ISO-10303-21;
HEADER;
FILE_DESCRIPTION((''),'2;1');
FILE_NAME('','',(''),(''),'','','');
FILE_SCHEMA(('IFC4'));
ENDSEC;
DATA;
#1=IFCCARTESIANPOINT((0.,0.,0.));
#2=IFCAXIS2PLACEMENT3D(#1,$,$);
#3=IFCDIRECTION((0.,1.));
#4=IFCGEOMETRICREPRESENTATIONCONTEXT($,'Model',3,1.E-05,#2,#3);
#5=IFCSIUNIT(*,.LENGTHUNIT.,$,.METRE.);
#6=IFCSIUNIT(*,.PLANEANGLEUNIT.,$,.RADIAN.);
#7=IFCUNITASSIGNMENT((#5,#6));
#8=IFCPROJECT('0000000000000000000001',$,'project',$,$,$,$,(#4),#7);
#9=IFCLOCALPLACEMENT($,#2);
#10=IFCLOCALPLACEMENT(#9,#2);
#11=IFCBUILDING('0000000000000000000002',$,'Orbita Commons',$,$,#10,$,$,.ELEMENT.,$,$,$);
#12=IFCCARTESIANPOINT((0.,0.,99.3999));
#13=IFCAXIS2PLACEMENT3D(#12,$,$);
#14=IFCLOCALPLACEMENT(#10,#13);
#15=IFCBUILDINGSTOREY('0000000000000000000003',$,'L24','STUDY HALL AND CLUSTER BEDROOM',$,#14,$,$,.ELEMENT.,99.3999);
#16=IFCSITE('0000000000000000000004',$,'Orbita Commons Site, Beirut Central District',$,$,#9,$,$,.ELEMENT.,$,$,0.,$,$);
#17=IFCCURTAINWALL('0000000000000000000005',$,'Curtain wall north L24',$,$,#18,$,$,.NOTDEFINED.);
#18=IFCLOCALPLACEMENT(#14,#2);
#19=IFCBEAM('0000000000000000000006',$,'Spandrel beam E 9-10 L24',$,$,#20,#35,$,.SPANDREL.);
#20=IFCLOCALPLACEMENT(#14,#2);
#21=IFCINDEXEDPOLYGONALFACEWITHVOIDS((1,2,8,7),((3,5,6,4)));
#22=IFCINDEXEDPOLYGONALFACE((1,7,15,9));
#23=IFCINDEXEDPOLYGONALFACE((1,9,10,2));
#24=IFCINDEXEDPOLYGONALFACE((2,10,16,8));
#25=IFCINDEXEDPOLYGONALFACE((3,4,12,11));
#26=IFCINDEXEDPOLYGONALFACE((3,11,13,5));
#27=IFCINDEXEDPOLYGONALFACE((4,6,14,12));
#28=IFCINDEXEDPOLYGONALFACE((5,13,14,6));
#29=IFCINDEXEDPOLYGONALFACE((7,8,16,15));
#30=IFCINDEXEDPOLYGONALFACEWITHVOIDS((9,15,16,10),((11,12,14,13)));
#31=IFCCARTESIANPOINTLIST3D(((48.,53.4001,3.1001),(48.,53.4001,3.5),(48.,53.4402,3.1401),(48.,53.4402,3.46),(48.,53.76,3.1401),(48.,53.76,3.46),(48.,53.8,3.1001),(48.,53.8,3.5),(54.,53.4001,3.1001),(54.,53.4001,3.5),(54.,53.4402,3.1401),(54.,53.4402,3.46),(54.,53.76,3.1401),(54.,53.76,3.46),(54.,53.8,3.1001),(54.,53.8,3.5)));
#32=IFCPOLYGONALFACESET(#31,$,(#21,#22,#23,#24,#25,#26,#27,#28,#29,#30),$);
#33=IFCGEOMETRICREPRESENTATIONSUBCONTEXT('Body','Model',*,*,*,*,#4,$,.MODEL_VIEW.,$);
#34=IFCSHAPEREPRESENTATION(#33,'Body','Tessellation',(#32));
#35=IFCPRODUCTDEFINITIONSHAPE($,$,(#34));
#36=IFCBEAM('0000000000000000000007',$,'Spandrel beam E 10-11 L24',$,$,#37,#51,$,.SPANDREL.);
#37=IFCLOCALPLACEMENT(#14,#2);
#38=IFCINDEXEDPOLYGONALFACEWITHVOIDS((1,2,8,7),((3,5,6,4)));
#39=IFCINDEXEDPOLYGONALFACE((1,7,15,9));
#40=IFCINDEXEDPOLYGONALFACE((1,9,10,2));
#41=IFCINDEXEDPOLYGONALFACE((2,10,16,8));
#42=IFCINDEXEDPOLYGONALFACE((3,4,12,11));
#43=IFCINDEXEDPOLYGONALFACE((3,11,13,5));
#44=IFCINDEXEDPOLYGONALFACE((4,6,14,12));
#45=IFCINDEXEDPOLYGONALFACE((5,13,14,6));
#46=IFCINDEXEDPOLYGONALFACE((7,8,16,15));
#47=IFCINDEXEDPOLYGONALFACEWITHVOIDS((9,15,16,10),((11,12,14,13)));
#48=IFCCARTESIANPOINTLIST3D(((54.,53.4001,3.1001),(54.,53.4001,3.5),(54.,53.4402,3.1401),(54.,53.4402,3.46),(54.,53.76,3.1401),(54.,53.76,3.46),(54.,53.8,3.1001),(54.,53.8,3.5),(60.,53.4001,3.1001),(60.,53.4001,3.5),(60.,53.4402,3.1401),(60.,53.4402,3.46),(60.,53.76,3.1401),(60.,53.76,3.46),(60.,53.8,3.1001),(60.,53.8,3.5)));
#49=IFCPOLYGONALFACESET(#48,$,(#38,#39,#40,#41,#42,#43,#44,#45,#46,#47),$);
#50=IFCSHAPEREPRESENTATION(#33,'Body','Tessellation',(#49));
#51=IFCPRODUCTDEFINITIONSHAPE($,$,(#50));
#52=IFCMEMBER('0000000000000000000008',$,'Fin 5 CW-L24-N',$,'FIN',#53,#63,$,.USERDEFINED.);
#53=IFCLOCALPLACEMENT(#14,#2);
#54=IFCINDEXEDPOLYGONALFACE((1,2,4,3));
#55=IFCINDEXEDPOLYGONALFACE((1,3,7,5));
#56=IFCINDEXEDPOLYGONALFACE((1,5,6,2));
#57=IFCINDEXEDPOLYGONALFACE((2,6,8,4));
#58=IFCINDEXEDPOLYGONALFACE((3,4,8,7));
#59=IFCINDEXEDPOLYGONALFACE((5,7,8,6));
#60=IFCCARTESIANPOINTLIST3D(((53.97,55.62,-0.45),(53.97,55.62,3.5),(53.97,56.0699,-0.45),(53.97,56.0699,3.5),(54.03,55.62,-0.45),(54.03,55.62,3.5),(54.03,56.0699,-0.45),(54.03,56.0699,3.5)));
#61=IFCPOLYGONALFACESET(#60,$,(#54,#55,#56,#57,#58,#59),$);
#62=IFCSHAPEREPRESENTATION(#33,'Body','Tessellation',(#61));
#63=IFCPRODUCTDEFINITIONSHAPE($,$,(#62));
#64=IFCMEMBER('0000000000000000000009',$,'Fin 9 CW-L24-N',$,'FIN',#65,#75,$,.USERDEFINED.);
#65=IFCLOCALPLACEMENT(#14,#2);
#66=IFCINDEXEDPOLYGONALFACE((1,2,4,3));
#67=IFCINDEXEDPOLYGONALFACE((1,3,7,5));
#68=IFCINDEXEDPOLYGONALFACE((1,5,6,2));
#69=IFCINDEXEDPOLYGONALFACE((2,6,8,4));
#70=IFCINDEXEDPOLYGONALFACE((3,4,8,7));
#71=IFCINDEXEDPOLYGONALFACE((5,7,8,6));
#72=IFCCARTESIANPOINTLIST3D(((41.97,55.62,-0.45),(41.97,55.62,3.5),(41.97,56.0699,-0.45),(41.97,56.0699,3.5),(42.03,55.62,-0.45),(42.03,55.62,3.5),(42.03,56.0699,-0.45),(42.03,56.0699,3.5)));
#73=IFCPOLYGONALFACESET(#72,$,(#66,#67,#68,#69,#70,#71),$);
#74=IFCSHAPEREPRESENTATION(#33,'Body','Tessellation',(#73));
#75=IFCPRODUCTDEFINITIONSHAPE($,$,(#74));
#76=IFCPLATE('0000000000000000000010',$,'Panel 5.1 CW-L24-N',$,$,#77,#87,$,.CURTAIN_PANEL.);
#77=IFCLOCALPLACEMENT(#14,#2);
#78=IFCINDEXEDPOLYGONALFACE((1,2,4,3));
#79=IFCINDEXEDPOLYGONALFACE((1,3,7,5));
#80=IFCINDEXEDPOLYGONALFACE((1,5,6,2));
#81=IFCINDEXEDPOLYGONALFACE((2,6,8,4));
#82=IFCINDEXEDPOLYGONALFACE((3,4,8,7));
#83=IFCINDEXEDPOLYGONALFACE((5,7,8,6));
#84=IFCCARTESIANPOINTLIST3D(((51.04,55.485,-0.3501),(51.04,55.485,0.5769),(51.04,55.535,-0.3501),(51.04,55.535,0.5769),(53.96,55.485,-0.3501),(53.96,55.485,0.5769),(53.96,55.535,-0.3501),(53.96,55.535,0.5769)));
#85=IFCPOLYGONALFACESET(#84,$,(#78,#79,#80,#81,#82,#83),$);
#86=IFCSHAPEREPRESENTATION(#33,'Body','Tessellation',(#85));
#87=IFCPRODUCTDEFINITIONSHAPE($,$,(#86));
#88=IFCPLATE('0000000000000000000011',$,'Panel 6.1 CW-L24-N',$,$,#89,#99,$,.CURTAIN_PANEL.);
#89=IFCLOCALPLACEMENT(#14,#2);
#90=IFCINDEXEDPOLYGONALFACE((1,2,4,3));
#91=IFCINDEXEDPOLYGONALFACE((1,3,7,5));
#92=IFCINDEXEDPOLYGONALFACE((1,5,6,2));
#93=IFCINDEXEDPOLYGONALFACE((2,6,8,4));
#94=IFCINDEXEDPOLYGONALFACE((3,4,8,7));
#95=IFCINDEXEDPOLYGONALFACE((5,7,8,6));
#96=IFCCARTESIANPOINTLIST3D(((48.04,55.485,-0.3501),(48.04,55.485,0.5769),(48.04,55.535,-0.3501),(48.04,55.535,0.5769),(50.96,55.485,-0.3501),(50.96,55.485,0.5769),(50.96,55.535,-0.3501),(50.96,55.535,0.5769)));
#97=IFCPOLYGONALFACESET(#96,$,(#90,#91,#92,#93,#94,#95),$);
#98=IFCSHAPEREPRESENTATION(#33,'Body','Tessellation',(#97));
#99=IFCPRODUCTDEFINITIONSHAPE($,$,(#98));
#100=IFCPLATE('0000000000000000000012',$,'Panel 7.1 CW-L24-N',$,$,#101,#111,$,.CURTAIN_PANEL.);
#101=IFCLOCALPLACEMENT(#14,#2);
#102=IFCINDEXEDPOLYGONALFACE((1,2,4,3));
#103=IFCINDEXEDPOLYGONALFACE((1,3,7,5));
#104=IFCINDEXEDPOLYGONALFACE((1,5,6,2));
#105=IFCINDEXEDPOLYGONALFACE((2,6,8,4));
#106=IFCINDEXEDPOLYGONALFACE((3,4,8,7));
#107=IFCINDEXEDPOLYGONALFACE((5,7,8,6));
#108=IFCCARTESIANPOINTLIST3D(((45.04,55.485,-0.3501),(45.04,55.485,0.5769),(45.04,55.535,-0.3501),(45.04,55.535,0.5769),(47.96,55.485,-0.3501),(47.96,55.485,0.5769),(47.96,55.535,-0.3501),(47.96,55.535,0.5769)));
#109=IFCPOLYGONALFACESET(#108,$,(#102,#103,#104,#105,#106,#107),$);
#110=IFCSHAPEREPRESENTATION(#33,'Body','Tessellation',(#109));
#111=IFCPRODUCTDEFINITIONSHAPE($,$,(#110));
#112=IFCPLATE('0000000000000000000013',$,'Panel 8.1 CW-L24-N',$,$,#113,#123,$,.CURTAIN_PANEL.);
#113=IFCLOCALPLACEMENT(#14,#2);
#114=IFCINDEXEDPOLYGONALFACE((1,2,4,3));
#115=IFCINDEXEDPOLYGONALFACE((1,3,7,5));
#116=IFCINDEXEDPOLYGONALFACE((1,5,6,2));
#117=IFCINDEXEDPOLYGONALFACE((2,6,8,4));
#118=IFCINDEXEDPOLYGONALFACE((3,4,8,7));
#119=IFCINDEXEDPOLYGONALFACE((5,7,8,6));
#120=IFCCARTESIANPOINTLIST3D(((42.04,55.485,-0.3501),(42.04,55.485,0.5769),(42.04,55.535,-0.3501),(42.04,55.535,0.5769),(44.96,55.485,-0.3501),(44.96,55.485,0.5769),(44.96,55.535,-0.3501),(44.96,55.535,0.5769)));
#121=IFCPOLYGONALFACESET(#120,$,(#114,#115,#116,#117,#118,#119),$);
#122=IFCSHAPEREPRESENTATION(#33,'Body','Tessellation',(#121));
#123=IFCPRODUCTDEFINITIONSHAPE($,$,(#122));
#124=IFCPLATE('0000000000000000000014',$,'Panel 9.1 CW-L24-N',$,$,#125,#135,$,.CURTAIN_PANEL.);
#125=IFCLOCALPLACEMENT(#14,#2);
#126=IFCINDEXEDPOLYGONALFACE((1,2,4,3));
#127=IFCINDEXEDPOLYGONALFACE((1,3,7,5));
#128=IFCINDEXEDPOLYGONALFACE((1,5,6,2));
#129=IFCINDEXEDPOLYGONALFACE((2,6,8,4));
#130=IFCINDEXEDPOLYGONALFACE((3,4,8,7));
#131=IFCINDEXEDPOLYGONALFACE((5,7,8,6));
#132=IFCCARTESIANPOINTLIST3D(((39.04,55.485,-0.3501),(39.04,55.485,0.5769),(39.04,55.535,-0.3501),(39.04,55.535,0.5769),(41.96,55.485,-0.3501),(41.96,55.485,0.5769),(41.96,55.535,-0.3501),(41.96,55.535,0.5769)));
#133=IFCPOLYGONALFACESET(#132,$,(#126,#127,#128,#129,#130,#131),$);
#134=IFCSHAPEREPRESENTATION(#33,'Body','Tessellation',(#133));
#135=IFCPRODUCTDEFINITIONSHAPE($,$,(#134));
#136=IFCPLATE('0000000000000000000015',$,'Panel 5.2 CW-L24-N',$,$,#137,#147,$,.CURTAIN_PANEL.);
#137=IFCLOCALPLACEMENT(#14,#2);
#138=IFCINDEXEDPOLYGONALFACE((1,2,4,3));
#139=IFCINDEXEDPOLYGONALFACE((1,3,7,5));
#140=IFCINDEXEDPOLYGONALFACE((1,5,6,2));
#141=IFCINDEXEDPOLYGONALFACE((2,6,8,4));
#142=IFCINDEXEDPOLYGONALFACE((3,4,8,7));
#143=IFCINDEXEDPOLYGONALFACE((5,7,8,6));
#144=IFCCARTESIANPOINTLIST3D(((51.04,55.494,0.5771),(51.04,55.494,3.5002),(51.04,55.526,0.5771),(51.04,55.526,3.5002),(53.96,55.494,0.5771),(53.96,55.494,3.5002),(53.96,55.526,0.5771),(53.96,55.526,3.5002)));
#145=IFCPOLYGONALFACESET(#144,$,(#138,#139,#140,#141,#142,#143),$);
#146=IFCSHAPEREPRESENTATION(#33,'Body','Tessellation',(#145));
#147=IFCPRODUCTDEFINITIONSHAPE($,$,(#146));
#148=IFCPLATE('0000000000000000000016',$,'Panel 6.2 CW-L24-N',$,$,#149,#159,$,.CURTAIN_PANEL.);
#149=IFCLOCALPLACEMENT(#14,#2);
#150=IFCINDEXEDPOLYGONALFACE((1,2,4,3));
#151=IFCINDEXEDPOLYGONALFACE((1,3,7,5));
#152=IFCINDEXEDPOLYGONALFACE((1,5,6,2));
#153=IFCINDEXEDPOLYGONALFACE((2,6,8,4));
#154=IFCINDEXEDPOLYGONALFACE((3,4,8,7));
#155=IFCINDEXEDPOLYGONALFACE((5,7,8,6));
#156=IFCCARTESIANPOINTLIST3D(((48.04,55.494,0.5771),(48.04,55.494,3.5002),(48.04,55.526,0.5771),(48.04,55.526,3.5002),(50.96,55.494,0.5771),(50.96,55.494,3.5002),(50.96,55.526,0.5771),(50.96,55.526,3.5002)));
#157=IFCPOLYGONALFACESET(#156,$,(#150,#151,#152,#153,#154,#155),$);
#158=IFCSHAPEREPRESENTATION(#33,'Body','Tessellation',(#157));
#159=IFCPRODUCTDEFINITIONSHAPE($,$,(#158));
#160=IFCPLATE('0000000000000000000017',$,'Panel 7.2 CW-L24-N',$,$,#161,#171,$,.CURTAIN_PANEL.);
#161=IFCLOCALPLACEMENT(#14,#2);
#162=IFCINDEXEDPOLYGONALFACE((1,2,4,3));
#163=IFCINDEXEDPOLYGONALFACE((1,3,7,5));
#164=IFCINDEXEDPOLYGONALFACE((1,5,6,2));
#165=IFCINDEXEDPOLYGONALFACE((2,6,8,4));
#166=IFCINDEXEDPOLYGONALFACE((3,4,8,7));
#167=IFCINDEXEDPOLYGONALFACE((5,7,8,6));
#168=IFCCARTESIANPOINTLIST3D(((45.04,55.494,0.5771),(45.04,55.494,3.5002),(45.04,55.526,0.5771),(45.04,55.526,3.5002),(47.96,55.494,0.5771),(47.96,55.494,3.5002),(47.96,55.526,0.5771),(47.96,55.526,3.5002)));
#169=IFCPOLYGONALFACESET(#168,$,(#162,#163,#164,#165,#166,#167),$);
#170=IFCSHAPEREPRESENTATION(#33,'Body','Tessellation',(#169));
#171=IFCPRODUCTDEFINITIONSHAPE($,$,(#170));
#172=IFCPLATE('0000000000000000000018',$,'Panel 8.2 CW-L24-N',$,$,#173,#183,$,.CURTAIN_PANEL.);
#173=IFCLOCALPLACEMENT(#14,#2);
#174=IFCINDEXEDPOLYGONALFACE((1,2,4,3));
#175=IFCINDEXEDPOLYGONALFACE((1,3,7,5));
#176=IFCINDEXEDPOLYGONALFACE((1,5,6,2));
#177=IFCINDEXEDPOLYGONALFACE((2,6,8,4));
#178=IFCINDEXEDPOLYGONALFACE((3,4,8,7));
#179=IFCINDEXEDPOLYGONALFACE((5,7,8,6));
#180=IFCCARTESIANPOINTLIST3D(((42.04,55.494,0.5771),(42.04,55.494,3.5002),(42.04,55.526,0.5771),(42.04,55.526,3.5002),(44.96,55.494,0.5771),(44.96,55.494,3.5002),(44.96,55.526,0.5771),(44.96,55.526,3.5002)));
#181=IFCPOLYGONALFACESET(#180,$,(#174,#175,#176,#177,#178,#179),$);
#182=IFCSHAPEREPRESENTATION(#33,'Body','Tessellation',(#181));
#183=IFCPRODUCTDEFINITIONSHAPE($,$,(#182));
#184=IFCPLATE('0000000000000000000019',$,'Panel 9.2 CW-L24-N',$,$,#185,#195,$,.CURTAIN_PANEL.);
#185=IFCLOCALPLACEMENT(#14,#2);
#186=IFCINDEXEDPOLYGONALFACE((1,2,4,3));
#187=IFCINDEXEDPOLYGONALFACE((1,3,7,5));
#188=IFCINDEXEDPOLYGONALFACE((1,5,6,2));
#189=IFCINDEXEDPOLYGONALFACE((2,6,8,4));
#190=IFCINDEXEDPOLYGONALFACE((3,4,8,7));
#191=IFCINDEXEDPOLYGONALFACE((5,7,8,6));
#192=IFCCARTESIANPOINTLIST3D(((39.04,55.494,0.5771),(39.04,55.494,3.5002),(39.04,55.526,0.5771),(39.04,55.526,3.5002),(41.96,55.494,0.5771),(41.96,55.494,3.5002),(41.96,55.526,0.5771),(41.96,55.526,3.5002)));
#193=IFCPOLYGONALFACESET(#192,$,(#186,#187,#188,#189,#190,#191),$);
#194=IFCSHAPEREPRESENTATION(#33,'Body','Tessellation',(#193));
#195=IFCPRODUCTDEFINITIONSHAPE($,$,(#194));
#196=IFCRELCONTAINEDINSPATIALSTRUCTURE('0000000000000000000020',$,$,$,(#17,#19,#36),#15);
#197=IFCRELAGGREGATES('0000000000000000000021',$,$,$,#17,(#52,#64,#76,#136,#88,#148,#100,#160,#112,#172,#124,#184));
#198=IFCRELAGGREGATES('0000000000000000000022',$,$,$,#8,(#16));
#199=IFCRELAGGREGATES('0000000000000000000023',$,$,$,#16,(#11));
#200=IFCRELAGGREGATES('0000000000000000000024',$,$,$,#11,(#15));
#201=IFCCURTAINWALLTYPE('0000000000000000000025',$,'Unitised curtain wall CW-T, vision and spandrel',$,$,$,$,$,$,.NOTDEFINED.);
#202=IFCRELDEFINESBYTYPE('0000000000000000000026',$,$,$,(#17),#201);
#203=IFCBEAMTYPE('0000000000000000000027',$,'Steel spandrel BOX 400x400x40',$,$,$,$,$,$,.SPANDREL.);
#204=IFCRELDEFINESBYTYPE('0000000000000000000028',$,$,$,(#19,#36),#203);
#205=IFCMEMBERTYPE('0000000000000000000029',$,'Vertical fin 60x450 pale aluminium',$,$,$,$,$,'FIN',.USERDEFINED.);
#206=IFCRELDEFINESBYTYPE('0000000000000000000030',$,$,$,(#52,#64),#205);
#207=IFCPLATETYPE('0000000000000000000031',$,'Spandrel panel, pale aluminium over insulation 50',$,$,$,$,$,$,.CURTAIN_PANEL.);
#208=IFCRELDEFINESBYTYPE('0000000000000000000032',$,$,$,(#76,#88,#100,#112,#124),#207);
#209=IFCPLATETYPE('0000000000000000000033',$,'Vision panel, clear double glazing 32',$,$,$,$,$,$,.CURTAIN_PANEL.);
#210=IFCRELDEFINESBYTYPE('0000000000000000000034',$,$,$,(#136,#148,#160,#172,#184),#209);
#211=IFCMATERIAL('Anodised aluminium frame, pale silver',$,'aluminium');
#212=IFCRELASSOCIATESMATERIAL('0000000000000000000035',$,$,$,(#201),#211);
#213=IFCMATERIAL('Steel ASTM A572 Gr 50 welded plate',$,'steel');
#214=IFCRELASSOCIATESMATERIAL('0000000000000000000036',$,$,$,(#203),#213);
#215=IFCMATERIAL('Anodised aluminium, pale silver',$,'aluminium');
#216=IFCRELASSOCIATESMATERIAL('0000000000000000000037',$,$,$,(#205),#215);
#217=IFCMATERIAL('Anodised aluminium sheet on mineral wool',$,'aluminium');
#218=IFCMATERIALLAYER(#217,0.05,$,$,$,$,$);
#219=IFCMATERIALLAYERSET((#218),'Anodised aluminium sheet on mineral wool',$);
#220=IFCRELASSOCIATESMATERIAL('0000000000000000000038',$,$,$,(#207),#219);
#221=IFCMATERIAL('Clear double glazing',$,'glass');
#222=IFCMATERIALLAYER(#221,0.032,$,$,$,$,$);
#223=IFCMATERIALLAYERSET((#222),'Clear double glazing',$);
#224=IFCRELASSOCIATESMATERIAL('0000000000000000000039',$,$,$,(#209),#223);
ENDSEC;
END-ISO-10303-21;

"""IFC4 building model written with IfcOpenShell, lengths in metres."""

from ifc_helpers import new_model, si_unit, direction, frame, origin, origin_2d, place, context, subcontext, project, spatial, rectangle, hollow_rectangle, extrude, material, layer, layer_set, material_profile, profile_set, type_object, element, aggregate, save


model = new_model("IFC4")

# Units and contexts
model_context = context("Model", 3, precision=1e-05, world=origin(), true_north=direction((0.0, 1.0)))
body_context = subcontext(model_context, "Body", "Model", "MODEL_VIEW")
ifc_project = project(units=[si_unit("LENGTHUNIT", "METRE"), si_unit("PLANEANGLEUNIT", "RADIAN")], contexts=[model_context])

# Site, building, storey
site_placement = place(None, origin())
site = spatial("IfcSite", under=ifc_project, at=site_placement, Name="Orbita Commons Site, Beirut Central District", CompositionType="ELEMENT", RefElevation=0.0)
building_placement = place(site_placement, origin())
building = spatial("IfcBuilding", under=site, at=building_placement, Name="Orbita Commons", CompositionType="ELEMENT")
storey_placement = place(building_placement, frame((0.0, 0.0, 99.3999)))
storey = spatial("IfcBuildingStorey", under=building, at=storey_placement, Name="L24", Description="STUDY HALL AND CLUSTER BEDROOM", CompositionType="ELEMENT", Elevation=99.3999)

# Curtain wall
ifc_material_1 = material(Name="Anodised aluminium frame, pale silver", Category="aluminium")
curtain_wall_type = type_object("IfcCurtainWallType", Name="Unitised curtain wall CW-T, vision and spandrel", PredefinedType="NOTDEFINED", material=ifc_material_1)
curtain_wall_placement = place(storey_placement, origin())
curtain_wall = element("IfcCurtainWall", 1, at=curtain_wall_placement, inside=storey, type_object=curtain_wall_type, Name="Curtain wall north L24", PredefinedType="NOTDEFINED")

# Beams
ifc_material_2 = material(Name="Steel ASTM A572 Gr 50 welded plate", Category="steel")
ifc_material_profile_1 = material_profile(ifc_material_2, hollow_rectangle(XDim=0.3999, YDim=0.3999, WallThickness=0.04, at=origin_2d()), Name="BOX 400x400x40")
ifc_profile_set_1 = profile_set([ifc_material_profile_1], Name="Steel ASTM A572 Gr 50 welded plate")
beam_type = type_object("IfcBeamType", Name="Steel spandrel BOX 400x400x40", PredefinedType="SPANDREL", material=ifc_profile_set_1)
for number, where, z_axis, x_axis, name in (
    (2, (48.0, 53.6001, 3.3), (1.0, 0.0, 0.0), (0.0, 1.0, 0.0), "Spandrel beam E 9-10 L24"),
    (3, (54.0, 53.6001, 3.3), (1.0, 0.0, 0.0), (0.0, 1.0, 0.0), "Spandrel beam E 10-11 L24"),
):
    element("IfcBeam", number, at=place(storey_placement, frame(where, z_axis=z_axis, x_axis=x_axis)), inside=storey, type_object=beam_type, Name=name, PredefinedType="SPANDREL", context=body_context, shape_type="SweptSolid", body=[
        extrude(hollow_rectangle(XDim=0.3999, YDim=0.3999, WallThickness=0.04, at=origin_2d()), origin(), (0.0, 0.0, 1.0), 6.0),
    ])

# Members
ifc_material_3 = material(Name="Anodised aluminium, pale silver", Category="aluminium")
ifc_material_profile_2 = material_profile(ifc_material_3, rectangle(XDim=0.0601, YDim=0.45, at=origin_2d()), Name="FIN 60x450")
ifc_profile_set_2 = profile_set([ifc_material_profile_2], Name="Anodised aluminium, pale silver")
member_type_1 = type_object("IfcMemberType", Name="Vertical fin 60x450 pale aluminium", ElementType="FIN", PredefinedType="USERDEFINED", material=ifc_profile_set_2)
member_1_placement = place(storey_placement, frame((54.0, 55.845, -0.45), z_axis=(0.0, 0.0, 1.0), x_axis=(-1.0, 0.0, 0.0)))
member_1 = element("IfcMember", 4, at=member_1_placement, type_object=member_type_1, Name="Fin 5 CW-L24-N", ObjectType="FIN", PredefinedType="USERDEFINED", context=body_context, shape_type="SweptSolid", body=[
    extrude(rectangle(XDim=0.0601, YDim=0.45, at=origin_2d()), origin(), (0.0, 0.0, 1.0), 3.95),
])
member_2_placement = place(storey_placement, frame((42.0, 55.845, -0.45), z_axis=(0.0, 0.0, 1.0), x_axis=(-1.0, 0.0, 0.0)))
member_2 = element("IfcMember", 5, at=member_2_placement, type_object=member_type_1, Name="Fin 9 CW-L24-N", ObjectType="FIN", PredefinedType="USERDEFINED", context=body_context, shape_type="SweptSolid", body=[
    extrude(rectangle(XDim=0.0601, YDim=0.45, at=origin_2d()), origin(), (0.0, 0.0, 1.0), 3.95),
])

# Plates
ifc_material_4 = material(Name="Anodised aluminium sheet on mineral wool", Category="aluminium")
ifc_layer_1 = layer(ifc_material_4, 0.05)
ifc_layer_set_1 = layer_set([ifc_layer_1], Name="Anodised aluminium sheet on mineral wool")
plate_type_1 = type_object("IfcPlateType", Name="Spandrel panel, pale aluminium over insulation 50", PredefinedType="CURTAIN_PANEL", material=ifc_layer_set_1)
plate_1_placement = place(storey_placement, frame((52.5, 55.51, -0.3501), z_axis=(0.0, 0.0, 1.0), x_axis=(-1.0, 0.0, 0.0)))
plate_1 = element("IfcPlate", 6, at=plate_1_placement, type_object=plate_type_1, Name="Panel 5.1 CW-L24-N", PredefinedType="CURTAIN_PANEL", context=body_context, shape_type="SweptSolid", body=[
    extrude(rectangle(XDim=2.9199, YDim=0.05, at=origin_2d()), origin(), (0.0, 0.0, 1.0), 0.927),
])
plate_2_placement = place(storey_placement, frame((49.5, 55.51, -0.3501), z_axis=(0.0, 0.0, 1.0), x_axis=(-1.0, 0.0, 0.0)))
plate_2 = element("IfcPlate", 7, at=plate_2_placement, type_object=plate_type_1, Name="Panel 6.1 CW-L24-N", PredefinedType="CURTAIN_PANEL", context=body_context, shape_type="SweptSolid", body=[
    extrude(rectangle(XDim=2.9199, YDim=0.05, at=origin_2d()), origin(), (0.0, 0.0, 1.0), 0.927),
])
plate_3_placement = place(storey_placement, frame((46.5, 55.51, -0.3501), z_axis=(0.0, 0.0, 1.0), x_axis=(-1.0, 0.0, 0.0)))
plate_3 = element("IfcPlate", 8, at=plate_3_placement, type_object=plate_type_1, Name="Panel 7.1 CW-L24-N", PredefinedType="CURTAIN_PANEL", context=body_context, shape_type="SweptSolid", body=[
    extrude(rectangle(XDim=2.9199, YDim=0.05, at=origin_2d()), origin(), (0.0, 0.0, 1.0), 0.927),
])
plate_4_placement = place(storey_placement, frame((43.5, 55.51, -0.3501), z_axis=(0.0, 0.0, 1.0), x_axis=(-1.0, 0.0, 0.0)))
plate_4 = element("IfcPlate", 9, at=plate_4_placement, type_object=plate_type_1, Name="Panel 8.1 CW-L24-N", PredefinedType="CURTAIN_PANEL", context=body_context, shape_type="SweptSolid", body=[
    extrude(rectangle(XDim=2.9199, YDim=0.05, at=origin_2d()), origin(), (0.0, 0.0, 1.0), 0.927),
])
plate_5_placement = place(storey_placement, frame((40.5, 55.51, -0.3501), z_axis=(0.0, 0.0, 1.0), x_axis=(-1.0, 0.0, 0.0)))
plate_5 = element("IfcPlate", 10, at=plate_5_placement, type_object=plate_type_1, Name="Panel 9.1 CW-L24-N", PredefinedType="CURTAIN_PANEL", context=body_context, shape_type="SweptSolid", body=[
    extrude(rectangle(XDim=2.9199, YDim=0.05, at=origin_2d()), origin(), (0.0, 0.0, 1.0), 0.927),
])
ifc_material_5 = material(Name="Clear double glazing", Category="glass")
ifc_layer_2 = layer(ifc_material_5, 0.032)
ifc_layer_set_2 = layer_set([ifc_layer_2], Name="Clear double glazing")
plate_type_2 = type_object("IfcPlateType", Name="Vision panel, clear double glazing 32", PredefinedType="CURTAIN_PANEL", material=ifc_layer_set_2)
plate_6_placement = place(storey_placement, frame((52.5, 55.51, 0.5771), z_axis=(0.0, 0.0, 1.0), x_axis=(-1.0, 0.0, 0.0)))
plate_6 = element("IfcPlate", 11, at=plate_6_placement, type_object=plate_type_2, Name="Panel 5.2 CW-L24-N", PredefinedType="CURTAIN_PANEL", context=body_context, shape_type="SweptSolid", body=[
    extrude(rectangle(XDim=2.9199, YDim=0.032, at=origin_2d()), origin(), (0.0, 0.0, 1.0), 2.9231),
])
plate_7_placement = place(storey_placement, frame((49.5, 55.51, 0.5771), z_axis=(0.0, 0.0, 1.0), x_axis=(-1.0, 0.0, 0.0)))
plate_7 = element("IfcPlate", 12, at=plate_7_placement, type_object=plate_type_2, Name="Panel 6.2 CW-L24-N", PredefinedType="CURTAIN_PANEL", context=body_context, shape_type="SweptSolid", body=[
    extrude(rectangle(XDim=2.9199, YDim=0.032, at=origin_2d()), origin(), (0.0, 0.0, 1.0), 2.9231),
])
plate_8_placement = place(storey_placement, frame((46.5, 55.51, 0.5771), z_axis=(0.0, 0.0, 1.0), x_axis=(-1.0, 0.0, 0.0)))
plate_8 = element("IfcPlate", 13, at=plate_8_placement, type_object=plate_type_2, Name="Panel 7.2 CW-L24-N", PredefinedType="CURTAIN_PANEL", context=body_context, shape_type="SweptSolid", body=[
    extrude(rectangle(XDim=2.9199, YDim=0.032, at=origin_2d()), origin(), (0.0, 0.0, 1.0), 2.9231),
])
plate_9_placement = place(storey_placement, frame((43.5, 55.51, 0.5771), z_axis=(0.0, 0.0, 1.0), x_axis=(-1.0, 0.0, 0.0)))
plate_9 = element("IfcPlate", 14, at=plate_9_placement, type_object=plate_type_2, Name="Panel 8.2 CW-L24-N", PredefinedType="CURTAIN_PANEL", context=body_context, shape_type="SweptSolid", body=[
    extrude(rectangle(XDim=2.9199, YDim=0.032, at=origin_2d()), origin(), (0.0, 0.0, 1.0), 2.9231),
])
plate_10_placement = place(storey_placement, frame((40.5, 55.51, 0.5771), z_axis=(0.0, 0.0, 1.0), x_axis=(-1.0, 0.0, 0.0)))
plate_10 = element("IfcPlate", 15, at=plate_10_placement, type_object=plate_type_2, Name="Panel 9.2 CW-L24-N", PredefinedType="CURTAIN_PANEL", context=body_context, shape_type="SweptSolid", body=[
    extrude(rectangle(XDim=2.9199, YDim=0.032, at=origin_2d()), origin(), (0.0, 0.0, 1.0), 2.9231),
])
aggregate(curtain_wall, [member_1, member_2, plate_1, plate_6, plate_2, plate_7, plate_3, plate_8, plate_4, plate_9, plate_5, plate_10])

save(model, "model.ifc")
